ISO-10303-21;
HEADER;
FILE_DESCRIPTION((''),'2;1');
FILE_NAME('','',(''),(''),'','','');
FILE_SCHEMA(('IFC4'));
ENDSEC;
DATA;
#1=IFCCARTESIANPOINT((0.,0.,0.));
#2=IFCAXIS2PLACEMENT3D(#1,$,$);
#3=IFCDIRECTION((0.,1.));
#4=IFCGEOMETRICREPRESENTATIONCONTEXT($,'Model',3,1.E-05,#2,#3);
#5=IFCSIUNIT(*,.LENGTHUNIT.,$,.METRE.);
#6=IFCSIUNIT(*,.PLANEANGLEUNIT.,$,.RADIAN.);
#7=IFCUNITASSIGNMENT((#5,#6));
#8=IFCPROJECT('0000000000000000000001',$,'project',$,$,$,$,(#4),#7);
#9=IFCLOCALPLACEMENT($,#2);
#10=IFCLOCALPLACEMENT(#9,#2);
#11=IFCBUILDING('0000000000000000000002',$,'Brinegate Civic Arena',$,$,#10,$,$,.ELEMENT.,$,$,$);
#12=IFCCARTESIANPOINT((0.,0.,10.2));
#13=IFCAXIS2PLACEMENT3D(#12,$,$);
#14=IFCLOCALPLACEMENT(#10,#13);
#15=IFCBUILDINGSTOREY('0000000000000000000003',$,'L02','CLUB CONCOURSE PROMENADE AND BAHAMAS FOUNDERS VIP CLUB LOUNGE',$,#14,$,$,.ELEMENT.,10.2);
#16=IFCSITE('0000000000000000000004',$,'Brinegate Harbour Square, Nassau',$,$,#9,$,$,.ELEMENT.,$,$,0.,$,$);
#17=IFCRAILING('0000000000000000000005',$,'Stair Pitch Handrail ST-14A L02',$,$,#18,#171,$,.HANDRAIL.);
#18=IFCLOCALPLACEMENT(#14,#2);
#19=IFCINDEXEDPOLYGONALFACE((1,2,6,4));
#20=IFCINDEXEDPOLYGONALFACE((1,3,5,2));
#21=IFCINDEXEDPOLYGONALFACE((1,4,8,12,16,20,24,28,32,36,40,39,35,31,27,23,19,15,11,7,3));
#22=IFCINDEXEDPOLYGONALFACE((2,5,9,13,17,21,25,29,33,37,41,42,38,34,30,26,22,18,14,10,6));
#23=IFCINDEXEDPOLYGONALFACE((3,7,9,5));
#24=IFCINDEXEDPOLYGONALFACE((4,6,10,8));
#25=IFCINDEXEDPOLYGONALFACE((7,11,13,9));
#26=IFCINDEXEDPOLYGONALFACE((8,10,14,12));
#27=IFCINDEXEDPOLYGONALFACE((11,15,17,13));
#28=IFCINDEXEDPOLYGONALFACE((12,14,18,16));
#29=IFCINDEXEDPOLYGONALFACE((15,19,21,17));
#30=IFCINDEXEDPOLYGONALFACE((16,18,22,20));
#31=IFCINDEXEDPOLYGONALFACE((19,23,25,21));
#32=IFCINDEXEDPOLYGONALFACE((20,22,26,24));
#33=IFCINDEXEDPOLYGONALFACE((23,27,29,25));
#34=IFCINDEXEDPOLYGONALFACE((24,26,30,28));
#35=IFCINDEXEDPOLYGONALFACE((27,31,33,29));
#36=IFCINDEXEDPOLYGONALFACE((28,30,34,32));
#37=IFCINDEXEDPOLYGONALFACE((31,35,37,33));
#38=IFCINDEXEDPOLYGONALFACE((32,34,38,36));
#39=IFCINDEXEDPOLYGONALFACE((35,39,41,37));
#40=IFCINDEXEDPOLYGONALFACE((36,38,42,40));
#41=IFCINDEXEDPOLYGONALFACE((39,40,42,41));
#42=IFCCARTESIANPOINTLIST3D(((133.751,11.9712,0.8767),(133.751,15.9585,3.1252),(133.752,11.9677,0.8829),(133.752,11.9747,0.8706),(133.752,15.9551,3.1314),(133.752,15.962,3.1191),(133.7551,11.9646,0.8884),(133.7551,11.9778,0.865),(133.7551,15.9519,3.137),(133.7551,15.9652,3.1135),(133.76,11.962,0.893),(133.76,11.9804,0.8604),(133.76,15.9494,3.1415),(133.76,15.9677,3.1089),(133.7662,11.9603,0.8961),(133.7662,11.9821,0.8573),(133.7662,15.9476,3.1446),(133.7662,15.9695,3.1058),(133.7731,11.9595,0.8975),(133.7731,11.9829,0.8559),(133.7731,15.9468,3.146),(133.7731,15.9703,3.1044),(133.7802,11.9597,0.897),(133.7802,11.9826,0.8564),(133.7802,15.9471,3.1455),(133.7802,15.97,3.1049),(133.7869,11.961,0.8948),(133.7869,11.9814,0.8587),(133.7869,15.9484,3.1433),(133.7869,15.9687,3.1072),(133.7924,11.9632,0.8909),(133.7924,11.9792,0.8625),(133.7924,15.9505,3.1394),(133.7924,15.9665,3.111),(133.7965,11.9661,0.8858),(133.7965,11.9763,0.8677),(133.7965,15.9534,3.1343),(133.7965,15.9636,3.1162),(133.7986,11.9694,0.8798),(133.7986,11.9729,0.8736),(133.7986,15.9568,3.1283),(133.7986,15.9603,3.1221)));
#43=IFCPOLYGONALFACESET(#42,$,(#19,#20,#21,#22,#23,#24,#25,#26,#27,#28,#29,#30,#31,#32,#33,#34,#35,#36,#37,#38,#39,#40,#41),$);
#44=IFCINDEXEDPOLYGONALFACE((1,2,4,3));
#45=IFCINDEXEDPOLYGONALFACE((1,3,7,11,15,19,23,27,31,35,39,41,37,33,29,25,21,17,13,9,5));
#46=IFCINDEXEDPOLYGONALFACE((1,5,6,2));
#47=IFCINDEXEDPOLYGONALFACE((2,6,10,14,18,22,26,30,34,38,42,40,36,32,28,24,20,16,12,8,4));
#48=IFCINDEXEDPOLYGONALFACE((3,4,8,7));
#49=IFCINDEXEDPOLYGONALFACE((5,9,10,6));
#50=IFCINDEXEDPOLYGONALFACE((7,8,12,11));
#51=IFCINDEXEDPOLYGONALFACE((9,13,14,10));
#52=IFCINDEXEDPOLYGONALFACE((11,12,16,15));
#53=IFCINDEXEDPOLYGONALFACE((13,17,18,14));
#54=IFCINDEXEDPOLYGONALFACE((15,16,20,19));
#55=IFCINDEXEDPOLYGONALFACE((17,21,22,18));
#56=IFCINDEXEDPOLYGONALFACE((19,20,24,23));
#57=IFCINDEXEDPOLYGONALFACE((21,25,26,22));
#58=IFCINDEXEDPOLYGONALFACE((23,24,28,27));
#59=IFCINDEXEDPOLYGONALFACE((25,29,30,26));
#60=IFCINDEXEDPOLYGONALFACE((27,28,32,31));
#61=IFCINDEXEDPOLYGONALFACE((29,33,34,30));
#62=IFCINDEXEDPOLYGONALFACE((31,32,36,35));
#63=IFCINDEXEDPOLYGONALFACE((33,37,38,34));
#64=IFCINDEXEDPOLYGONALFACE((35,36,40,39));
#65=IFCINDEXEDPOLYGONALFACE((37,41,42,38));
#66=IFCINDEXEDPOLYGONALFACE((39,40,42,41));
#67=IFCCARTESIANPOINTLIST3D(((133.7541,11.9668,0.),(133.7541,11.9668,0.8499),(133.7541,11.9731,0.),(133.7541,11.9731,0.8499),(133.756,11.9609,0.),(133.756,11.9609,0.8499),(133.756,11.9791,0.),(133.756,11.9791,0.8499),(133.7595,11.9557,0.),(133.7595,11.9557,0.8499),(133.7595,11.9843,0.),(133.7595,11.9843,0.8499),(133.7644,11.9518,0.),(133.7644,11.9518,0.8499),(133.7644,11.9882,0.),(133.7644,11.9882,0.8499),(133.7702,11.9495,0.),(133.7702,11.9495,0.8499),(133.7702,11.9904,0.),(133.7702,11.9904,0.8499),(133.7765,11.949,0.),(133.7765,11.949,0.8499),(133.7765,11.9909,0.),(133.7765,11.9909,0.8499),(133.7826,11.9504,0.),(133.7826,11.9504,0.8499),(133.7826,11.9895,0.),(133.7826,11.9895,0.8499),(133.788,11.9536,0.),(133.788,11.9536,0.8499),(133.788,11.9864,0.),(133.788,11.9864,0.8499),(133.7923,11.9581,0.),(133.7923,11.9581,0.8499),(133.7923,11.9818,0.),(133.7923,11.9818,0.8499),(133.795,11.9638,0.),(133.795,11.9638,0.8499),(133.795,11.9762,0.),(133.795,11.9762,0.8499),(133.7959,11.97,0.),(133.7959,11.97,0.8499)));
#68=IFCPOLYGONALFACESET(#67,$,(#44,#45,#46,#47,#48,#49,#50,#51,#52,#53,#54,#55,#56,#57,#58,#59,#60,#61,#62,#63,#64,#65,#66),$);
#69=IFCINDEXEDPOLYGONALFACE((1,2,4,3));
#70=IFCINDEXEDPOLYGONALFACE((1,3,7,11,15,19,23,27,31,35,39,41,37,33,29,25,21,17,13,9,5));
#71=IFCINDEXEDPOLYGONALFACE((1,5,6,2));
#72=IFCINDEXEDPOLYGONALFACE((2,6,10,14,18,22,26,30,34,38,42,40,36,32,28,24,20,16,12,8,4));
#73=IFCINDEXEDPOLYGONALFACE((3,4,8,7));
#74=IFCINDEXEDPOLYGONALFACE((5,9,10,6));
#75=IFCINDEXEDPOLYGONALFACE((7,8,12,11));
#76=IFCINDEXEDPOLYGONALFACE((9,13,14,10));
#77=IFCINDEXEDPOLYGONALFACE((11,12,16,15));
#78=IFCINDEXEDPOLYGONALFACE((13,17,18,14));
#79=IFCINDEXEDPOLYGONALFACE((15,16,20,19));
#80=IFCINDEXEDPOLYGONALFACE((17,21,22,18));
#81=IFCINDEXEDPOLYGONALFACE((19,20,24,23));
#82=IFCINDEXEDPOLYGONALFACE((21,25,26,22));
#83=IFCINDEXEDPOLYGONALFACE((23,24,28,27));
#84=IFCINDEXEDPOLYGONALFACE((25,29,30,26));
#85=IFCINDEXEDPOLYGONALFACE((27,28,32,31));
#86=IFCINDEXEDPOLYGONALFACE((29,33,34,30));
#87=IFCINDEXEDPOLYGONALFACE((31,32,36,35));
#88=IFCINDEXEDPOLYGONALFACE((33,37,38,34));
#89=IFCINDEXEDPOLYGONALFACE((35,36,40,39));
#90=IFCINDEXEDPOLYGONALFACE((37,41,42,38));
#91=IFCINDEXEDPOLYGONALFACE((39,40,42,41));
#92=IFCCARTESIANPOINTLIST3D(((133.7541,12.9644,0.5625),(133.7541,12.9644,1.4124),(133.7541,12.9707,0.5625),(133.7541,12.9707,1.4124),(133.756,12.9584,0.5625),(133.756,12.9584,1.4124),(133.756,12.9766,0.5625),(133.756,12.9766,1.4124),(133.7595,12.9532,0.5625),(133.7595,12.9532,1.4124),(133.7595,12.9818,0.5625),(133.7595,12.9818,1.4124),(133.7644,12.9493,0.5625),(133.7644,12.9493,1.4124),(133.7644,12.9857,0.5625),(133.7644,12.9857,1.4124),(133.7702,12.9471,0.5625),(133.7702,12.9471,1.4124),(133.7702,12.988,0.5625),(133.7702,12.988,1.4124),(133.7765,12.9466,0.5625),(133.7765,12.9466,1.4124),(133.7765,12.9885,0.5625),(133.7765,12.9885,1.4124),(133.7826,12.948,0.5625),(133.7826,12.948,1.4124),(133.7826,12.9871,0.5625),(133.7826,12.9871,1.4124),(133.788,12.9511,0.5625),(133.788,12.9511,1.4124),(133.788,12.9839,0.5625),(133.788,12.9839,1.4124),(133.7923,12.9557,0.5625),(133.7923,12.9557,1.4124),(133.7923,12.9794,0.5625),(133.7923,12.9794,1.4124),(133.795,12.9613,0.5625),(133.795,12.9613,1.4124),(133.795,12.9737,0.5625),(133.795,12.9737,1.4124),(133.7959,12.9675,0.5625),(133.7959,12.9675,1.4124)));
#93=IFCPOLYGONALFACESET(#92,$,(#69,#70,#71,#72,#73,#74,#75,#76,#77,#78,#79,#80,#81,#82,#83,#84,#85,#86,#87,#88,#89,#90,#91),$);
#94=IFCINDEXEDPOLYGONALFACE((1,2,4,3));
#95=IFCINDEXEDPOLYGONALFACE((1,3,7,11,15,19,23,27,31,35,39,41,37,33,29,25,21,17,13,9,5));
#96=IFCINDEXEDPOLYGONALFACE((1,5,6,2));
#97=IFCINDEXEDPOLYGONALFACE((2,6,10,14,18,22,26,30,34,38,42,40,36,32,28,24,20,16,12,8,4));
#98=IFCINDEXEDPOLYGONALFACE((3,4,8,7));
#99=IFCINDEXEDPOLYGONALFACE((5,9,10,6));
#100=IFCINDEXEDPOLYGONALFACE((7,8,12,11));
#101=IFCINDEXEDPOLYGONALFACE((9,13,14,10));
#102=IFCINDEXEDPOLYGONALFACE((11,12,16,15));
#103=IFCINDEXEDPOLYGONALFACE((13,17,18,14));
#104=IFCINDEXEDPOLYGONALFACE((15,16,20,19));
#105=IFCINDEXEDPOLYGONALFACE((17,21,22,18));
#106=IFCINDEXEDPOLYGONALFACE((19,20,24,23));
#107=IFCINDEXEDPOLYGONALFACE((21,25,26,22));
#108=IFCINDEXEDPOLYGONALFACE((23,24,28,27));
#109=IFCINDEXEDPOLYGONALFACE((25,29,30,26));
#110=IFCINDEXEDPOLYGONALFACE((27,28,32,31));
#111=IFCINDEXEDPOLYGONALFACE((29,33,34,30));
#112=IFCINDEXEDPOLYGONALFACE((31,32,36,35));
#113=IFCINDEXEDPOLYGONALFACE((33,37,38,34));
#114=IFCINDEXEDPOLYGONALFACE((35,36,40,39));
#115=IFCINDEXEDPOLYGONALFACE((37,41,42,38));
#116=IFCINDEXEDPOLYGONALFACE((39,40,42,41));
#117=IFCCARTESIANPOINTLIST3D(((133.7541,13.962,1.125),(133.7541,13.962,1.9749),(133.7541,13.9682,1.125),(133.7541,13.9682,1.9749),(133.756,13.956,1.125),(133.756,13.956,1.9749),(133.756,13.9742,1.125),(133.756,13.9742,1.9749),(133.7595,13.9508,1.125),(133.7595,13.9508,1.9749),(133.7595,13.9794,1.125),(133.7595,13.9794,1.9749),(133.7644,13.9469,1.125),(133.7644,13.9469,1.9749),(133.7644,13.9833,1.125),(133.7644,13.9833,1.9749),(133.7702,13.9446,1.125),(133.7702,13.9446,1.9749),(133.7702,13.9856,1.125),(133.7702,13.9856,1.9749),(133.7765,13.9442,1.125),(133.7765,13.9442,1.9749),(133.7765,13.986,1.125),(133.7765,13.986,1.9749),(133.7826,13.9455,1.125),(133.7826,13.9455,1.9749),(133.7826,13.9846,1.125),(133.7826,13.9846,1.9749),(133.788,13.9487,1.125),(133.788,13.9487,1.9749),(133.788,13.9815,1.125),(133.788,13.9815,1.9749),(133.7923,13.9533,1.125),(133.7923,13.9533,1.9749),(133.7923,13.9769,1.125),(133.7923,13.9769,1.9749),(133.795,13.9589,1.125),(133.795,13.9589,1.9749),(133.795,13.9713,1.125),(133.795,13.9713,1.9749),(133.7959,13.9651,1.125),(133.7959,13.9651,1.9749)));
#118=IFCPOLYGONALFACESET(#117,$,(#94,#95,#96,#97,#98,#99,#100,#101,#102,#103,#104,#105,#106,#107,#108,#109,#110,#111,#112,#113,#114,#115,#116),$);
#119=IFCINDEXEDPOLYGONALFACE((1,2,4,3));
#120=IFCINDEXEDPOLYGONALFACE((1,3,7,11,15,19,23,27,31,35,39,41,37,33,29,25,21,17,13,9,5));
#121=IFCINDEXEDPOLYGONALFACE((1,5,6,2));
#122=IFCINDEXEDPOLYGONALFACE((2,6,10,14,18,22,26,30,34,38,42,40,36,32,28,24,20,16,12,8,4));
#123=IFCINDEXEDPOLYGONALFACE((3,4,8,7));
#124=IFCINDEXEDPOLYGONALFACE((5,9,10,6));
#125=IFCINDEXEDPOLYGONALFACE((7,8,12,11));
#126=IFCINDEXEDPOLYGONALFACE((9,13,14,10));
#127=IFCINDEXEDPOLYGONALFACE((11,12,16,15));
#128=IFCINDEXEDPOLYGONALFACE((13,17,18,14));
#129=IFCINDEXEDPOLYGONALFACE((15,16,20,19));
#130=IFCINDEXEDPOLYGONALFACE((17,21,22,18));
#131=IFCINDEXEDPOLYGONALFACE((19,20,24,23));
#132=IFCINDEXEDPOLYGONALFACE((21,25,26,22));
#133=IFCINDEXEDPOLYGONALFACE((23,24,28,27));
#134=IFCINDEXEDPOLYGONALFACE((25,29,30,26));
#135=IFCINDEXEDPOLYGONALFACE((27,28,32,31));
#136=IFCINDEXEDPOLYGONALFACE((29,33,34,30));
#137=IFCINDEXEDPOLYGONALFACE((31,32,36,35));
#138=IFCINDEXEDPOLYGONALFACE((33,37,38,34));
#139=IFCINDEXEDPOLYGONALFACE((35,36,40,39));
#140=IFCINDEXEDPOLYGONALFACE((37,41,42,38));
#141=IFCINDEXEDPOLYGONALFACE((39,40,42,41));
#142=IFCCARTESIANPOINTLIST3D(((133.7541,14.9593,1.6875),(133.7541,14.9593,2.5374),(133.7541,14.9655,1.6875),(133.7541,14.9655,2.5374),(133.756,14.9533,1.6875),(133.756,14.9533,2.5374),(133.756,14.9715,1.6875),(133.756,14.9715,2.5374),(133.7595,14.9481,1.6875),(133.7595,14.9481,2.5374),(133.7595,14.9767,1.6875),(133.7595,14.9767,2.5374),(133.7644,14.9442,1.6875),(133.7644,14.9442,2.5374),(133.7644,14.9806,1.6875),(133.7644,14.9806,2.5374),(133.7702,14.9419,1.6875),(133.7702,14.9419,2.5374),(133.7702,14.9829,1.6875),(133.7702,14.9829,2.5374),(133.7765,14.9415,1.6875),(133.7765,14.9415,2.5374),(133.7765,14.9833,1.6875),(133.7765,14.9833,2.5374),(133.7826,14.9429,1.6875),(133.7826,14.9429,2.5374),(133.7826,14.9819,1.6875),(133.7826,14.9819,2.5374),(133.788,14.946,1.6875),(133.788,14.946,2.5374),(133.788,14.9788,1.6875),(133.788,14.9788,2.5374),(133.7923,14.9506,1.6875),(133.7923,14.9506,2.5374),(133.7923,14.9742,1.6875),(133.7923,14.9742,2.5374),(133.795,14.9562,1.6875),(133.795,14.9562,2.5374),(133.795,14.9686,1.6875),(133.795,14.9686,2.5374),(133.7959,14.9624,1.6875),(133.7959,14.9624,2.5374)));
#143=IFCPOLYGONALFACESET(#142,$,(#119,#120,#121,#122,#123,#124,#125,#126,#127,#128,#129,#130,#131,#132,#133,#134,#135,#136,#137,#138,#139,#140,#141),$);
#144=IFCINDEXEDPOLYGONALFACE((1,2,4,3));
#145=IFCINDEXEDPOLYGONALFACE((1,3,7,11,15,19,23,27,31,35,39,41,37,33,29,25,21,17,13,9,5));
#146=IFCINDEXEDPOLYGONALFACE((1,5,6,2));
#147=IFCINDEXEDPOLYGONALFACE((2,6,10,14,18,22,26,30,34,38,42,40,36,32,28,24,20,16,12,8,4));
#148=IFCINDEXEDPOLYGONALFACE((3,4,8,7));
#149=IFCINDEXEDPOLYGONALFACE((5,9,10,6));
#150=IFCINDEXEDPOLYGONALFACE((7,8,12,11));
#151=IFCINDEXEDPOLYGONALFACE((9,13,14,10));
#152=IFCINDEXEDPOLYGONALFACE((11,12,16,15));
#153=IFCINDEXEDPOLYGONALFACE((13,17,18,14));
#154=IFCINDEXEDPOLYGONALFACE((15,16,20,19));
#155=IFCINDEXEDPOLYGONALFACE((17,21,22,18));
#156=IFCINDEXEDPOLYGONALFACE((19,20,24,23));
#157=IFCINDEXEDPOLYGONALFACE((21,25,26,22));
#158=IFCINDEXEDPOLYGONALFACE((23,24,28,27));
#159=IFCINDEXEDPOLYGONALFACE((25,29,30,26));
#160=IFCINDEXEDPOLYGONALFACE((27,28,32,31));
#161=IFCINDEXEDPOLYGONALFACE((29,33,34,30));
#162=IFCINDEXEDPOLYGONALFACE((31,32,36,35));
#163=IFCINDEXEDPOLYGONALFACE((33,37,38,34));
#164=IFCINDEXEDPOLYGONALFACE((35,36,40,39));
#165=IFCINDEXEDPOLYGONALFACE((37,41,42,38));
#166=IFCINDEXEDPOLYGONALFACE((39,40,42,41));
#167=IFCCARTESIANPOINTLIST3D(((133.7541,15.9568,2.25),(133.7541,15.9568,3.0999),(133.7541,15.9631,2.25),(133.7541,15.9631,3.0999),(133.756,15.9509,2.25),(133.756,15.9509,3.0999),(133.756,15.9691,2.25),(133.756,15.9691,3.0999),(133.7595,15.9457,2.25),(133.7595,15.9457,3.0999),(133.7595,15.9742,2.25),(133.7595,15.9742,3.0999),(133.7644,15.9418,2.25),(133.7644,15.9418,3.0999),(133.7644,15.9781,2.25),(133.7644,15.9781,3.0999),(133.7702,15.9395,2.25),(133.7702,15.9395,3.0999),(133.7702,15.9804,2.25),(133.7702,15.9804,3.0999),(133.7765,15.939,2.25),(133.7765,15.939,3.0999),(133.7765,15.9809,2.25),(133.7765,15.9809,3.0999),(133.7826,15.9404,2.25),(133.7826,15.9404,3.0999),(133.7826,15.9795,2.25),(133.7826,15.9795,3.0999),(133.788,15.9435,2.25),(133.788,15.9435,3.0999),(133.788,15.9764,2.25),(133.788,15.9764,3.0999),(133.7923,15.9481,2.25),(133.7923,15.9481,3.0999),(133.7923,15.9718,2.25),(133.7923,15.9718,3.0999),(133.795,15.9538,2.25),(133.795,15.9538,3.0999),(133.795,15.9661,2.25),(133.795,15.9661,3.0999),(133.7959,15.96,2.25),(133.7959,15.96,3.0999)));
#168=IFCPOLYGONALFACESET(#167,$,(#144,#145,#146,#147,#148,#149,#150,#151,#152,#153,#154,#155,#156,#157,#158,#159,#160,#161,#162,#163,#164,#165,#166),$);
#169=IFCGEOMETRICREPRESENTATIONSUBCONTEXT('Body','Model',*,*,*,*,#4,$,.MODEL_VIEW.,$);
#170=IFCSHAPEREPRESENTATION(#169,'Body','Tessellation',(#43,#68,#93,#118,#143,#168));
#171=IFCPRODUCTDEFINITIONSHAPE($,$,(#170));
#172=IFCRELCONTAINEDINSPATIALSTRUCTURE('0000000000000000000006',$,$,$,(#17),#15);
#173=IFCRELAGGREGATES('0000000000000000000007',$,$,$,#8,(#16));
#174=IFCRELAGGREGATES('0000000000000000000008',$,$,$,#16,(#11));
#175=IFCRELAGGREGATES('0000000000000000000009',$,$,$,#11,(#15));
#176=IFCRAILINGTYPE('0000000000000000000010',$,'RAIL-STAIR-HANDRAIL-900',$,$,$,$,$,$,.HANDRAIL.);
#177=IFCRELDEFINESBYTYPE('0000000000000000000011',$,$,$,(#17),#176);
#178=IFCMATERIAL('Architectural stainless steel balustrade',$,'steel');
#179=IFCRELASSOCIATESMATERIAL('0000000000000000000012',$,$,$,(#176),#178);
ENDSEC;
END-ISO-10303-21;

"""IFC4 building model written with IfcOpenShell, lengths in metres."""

from ifc_helpers import new_model, si_unit, direction, frame, origin, origin_2d, place, context, subcontext, project, spatial, circle, extrude, material, type_object, element, save


model = new_model("IFC4")

# Units and contexts
model_context = context("Model", 3, precision=1e-05, world=origin(), true_north=direction((0.0, 1.0)))
body_context = subcontext(model_context, "Body", "Model", "MODEL_VIEW")
ifc_project = project(units=[si_unit("LENGTHUNIT", "METRE"), si_unit("PLANEANGLEUNIT", "RADIAN")], contexts=[model_context])

# Site, building, storey
site_placement = place(None, origin())
site = spatial("IfcSite", under=ifc_project, at=site_placement, Name="Brinegate Harbour Square, Nassau", CompositionType="ELEMENT", RefElevation=0.0)
building_placement = place(site_placement, origin())
building = spatial("IfcBuilding", under=site, at=building_placement, Name="Brinegate Civic Arena", CompositionType="ELEMENT")
storey_placement = place(building_placement, frame((0.0, 0.0, 10.2)))
storey = spatial("IfcBuildingStorey", under=building, at=storey_placement, Name="L02", Description="CLUB CONCOURSE PROMENADE AND BAHAMAS FOUNDERS VIP CLUB LOUNGE", CompositionType="ELEMENT", Elevation=10.2)

# Railing
ifc_material_1 = material(Name="Architectural stainless steel balustrade", Category="steel")
railing_type_1 = type_object("IfcRailingType", Name="RAIL-STAIR-HANDRAIL-900", PredefinedType="HANDRAIL", material=ifc_material_1)
railing_1_placement = place(storey_placement, frame((133.7749, 11.97, 0.0)))
element("IfcRailing", 1, at=railing_1_placement, inside=storey, type_object=railing_type_1, Name="Stair Pitch Handrail ST-14A L02", PredefinedType="HANDRAIL", context=body_context, shape_type="SweptSolid", body=[
    extrude(circle(Radius=0.0239, at=origin_2d()), frame((0.0, 0.0012, 0.8767), z_axis=(0.0, 0.87105, 0.491195), x_axis=(-1.0, 0.0, 0.0)), (0.0, 0.0, 1.0), 4.5776),
    extrude(circle(Radius=0.021, at=origin_2d()), origin(), (0.0, 0.0, 1.0), 0.8499),
    extrude(circle(Radius=0.021, at=origin_2d()), frame((0.0, 0.9976, 0.5625)), (0.0, 0.0, 1.0), 0.8499),
    extrude(circle(Radius=0.021, at=origin_2d()), frame((0.0, 1.9951, 1.125)), (0.0, 0.0, 1.0), 0.8499),
    extrude(circle(Radius=0.021, at=origin_2d()), frame((0.0, 2.9924, 1.6875)), (0.0, 0.0, 1.0), 0.8499),
    extrude(circle(Radius=0.021, at=origin_2d()), frame((0.0, 3.99, 2.25)), (0.0, 0.0, 1.0), 0.8499),
])

save(model, "model.ifc")
